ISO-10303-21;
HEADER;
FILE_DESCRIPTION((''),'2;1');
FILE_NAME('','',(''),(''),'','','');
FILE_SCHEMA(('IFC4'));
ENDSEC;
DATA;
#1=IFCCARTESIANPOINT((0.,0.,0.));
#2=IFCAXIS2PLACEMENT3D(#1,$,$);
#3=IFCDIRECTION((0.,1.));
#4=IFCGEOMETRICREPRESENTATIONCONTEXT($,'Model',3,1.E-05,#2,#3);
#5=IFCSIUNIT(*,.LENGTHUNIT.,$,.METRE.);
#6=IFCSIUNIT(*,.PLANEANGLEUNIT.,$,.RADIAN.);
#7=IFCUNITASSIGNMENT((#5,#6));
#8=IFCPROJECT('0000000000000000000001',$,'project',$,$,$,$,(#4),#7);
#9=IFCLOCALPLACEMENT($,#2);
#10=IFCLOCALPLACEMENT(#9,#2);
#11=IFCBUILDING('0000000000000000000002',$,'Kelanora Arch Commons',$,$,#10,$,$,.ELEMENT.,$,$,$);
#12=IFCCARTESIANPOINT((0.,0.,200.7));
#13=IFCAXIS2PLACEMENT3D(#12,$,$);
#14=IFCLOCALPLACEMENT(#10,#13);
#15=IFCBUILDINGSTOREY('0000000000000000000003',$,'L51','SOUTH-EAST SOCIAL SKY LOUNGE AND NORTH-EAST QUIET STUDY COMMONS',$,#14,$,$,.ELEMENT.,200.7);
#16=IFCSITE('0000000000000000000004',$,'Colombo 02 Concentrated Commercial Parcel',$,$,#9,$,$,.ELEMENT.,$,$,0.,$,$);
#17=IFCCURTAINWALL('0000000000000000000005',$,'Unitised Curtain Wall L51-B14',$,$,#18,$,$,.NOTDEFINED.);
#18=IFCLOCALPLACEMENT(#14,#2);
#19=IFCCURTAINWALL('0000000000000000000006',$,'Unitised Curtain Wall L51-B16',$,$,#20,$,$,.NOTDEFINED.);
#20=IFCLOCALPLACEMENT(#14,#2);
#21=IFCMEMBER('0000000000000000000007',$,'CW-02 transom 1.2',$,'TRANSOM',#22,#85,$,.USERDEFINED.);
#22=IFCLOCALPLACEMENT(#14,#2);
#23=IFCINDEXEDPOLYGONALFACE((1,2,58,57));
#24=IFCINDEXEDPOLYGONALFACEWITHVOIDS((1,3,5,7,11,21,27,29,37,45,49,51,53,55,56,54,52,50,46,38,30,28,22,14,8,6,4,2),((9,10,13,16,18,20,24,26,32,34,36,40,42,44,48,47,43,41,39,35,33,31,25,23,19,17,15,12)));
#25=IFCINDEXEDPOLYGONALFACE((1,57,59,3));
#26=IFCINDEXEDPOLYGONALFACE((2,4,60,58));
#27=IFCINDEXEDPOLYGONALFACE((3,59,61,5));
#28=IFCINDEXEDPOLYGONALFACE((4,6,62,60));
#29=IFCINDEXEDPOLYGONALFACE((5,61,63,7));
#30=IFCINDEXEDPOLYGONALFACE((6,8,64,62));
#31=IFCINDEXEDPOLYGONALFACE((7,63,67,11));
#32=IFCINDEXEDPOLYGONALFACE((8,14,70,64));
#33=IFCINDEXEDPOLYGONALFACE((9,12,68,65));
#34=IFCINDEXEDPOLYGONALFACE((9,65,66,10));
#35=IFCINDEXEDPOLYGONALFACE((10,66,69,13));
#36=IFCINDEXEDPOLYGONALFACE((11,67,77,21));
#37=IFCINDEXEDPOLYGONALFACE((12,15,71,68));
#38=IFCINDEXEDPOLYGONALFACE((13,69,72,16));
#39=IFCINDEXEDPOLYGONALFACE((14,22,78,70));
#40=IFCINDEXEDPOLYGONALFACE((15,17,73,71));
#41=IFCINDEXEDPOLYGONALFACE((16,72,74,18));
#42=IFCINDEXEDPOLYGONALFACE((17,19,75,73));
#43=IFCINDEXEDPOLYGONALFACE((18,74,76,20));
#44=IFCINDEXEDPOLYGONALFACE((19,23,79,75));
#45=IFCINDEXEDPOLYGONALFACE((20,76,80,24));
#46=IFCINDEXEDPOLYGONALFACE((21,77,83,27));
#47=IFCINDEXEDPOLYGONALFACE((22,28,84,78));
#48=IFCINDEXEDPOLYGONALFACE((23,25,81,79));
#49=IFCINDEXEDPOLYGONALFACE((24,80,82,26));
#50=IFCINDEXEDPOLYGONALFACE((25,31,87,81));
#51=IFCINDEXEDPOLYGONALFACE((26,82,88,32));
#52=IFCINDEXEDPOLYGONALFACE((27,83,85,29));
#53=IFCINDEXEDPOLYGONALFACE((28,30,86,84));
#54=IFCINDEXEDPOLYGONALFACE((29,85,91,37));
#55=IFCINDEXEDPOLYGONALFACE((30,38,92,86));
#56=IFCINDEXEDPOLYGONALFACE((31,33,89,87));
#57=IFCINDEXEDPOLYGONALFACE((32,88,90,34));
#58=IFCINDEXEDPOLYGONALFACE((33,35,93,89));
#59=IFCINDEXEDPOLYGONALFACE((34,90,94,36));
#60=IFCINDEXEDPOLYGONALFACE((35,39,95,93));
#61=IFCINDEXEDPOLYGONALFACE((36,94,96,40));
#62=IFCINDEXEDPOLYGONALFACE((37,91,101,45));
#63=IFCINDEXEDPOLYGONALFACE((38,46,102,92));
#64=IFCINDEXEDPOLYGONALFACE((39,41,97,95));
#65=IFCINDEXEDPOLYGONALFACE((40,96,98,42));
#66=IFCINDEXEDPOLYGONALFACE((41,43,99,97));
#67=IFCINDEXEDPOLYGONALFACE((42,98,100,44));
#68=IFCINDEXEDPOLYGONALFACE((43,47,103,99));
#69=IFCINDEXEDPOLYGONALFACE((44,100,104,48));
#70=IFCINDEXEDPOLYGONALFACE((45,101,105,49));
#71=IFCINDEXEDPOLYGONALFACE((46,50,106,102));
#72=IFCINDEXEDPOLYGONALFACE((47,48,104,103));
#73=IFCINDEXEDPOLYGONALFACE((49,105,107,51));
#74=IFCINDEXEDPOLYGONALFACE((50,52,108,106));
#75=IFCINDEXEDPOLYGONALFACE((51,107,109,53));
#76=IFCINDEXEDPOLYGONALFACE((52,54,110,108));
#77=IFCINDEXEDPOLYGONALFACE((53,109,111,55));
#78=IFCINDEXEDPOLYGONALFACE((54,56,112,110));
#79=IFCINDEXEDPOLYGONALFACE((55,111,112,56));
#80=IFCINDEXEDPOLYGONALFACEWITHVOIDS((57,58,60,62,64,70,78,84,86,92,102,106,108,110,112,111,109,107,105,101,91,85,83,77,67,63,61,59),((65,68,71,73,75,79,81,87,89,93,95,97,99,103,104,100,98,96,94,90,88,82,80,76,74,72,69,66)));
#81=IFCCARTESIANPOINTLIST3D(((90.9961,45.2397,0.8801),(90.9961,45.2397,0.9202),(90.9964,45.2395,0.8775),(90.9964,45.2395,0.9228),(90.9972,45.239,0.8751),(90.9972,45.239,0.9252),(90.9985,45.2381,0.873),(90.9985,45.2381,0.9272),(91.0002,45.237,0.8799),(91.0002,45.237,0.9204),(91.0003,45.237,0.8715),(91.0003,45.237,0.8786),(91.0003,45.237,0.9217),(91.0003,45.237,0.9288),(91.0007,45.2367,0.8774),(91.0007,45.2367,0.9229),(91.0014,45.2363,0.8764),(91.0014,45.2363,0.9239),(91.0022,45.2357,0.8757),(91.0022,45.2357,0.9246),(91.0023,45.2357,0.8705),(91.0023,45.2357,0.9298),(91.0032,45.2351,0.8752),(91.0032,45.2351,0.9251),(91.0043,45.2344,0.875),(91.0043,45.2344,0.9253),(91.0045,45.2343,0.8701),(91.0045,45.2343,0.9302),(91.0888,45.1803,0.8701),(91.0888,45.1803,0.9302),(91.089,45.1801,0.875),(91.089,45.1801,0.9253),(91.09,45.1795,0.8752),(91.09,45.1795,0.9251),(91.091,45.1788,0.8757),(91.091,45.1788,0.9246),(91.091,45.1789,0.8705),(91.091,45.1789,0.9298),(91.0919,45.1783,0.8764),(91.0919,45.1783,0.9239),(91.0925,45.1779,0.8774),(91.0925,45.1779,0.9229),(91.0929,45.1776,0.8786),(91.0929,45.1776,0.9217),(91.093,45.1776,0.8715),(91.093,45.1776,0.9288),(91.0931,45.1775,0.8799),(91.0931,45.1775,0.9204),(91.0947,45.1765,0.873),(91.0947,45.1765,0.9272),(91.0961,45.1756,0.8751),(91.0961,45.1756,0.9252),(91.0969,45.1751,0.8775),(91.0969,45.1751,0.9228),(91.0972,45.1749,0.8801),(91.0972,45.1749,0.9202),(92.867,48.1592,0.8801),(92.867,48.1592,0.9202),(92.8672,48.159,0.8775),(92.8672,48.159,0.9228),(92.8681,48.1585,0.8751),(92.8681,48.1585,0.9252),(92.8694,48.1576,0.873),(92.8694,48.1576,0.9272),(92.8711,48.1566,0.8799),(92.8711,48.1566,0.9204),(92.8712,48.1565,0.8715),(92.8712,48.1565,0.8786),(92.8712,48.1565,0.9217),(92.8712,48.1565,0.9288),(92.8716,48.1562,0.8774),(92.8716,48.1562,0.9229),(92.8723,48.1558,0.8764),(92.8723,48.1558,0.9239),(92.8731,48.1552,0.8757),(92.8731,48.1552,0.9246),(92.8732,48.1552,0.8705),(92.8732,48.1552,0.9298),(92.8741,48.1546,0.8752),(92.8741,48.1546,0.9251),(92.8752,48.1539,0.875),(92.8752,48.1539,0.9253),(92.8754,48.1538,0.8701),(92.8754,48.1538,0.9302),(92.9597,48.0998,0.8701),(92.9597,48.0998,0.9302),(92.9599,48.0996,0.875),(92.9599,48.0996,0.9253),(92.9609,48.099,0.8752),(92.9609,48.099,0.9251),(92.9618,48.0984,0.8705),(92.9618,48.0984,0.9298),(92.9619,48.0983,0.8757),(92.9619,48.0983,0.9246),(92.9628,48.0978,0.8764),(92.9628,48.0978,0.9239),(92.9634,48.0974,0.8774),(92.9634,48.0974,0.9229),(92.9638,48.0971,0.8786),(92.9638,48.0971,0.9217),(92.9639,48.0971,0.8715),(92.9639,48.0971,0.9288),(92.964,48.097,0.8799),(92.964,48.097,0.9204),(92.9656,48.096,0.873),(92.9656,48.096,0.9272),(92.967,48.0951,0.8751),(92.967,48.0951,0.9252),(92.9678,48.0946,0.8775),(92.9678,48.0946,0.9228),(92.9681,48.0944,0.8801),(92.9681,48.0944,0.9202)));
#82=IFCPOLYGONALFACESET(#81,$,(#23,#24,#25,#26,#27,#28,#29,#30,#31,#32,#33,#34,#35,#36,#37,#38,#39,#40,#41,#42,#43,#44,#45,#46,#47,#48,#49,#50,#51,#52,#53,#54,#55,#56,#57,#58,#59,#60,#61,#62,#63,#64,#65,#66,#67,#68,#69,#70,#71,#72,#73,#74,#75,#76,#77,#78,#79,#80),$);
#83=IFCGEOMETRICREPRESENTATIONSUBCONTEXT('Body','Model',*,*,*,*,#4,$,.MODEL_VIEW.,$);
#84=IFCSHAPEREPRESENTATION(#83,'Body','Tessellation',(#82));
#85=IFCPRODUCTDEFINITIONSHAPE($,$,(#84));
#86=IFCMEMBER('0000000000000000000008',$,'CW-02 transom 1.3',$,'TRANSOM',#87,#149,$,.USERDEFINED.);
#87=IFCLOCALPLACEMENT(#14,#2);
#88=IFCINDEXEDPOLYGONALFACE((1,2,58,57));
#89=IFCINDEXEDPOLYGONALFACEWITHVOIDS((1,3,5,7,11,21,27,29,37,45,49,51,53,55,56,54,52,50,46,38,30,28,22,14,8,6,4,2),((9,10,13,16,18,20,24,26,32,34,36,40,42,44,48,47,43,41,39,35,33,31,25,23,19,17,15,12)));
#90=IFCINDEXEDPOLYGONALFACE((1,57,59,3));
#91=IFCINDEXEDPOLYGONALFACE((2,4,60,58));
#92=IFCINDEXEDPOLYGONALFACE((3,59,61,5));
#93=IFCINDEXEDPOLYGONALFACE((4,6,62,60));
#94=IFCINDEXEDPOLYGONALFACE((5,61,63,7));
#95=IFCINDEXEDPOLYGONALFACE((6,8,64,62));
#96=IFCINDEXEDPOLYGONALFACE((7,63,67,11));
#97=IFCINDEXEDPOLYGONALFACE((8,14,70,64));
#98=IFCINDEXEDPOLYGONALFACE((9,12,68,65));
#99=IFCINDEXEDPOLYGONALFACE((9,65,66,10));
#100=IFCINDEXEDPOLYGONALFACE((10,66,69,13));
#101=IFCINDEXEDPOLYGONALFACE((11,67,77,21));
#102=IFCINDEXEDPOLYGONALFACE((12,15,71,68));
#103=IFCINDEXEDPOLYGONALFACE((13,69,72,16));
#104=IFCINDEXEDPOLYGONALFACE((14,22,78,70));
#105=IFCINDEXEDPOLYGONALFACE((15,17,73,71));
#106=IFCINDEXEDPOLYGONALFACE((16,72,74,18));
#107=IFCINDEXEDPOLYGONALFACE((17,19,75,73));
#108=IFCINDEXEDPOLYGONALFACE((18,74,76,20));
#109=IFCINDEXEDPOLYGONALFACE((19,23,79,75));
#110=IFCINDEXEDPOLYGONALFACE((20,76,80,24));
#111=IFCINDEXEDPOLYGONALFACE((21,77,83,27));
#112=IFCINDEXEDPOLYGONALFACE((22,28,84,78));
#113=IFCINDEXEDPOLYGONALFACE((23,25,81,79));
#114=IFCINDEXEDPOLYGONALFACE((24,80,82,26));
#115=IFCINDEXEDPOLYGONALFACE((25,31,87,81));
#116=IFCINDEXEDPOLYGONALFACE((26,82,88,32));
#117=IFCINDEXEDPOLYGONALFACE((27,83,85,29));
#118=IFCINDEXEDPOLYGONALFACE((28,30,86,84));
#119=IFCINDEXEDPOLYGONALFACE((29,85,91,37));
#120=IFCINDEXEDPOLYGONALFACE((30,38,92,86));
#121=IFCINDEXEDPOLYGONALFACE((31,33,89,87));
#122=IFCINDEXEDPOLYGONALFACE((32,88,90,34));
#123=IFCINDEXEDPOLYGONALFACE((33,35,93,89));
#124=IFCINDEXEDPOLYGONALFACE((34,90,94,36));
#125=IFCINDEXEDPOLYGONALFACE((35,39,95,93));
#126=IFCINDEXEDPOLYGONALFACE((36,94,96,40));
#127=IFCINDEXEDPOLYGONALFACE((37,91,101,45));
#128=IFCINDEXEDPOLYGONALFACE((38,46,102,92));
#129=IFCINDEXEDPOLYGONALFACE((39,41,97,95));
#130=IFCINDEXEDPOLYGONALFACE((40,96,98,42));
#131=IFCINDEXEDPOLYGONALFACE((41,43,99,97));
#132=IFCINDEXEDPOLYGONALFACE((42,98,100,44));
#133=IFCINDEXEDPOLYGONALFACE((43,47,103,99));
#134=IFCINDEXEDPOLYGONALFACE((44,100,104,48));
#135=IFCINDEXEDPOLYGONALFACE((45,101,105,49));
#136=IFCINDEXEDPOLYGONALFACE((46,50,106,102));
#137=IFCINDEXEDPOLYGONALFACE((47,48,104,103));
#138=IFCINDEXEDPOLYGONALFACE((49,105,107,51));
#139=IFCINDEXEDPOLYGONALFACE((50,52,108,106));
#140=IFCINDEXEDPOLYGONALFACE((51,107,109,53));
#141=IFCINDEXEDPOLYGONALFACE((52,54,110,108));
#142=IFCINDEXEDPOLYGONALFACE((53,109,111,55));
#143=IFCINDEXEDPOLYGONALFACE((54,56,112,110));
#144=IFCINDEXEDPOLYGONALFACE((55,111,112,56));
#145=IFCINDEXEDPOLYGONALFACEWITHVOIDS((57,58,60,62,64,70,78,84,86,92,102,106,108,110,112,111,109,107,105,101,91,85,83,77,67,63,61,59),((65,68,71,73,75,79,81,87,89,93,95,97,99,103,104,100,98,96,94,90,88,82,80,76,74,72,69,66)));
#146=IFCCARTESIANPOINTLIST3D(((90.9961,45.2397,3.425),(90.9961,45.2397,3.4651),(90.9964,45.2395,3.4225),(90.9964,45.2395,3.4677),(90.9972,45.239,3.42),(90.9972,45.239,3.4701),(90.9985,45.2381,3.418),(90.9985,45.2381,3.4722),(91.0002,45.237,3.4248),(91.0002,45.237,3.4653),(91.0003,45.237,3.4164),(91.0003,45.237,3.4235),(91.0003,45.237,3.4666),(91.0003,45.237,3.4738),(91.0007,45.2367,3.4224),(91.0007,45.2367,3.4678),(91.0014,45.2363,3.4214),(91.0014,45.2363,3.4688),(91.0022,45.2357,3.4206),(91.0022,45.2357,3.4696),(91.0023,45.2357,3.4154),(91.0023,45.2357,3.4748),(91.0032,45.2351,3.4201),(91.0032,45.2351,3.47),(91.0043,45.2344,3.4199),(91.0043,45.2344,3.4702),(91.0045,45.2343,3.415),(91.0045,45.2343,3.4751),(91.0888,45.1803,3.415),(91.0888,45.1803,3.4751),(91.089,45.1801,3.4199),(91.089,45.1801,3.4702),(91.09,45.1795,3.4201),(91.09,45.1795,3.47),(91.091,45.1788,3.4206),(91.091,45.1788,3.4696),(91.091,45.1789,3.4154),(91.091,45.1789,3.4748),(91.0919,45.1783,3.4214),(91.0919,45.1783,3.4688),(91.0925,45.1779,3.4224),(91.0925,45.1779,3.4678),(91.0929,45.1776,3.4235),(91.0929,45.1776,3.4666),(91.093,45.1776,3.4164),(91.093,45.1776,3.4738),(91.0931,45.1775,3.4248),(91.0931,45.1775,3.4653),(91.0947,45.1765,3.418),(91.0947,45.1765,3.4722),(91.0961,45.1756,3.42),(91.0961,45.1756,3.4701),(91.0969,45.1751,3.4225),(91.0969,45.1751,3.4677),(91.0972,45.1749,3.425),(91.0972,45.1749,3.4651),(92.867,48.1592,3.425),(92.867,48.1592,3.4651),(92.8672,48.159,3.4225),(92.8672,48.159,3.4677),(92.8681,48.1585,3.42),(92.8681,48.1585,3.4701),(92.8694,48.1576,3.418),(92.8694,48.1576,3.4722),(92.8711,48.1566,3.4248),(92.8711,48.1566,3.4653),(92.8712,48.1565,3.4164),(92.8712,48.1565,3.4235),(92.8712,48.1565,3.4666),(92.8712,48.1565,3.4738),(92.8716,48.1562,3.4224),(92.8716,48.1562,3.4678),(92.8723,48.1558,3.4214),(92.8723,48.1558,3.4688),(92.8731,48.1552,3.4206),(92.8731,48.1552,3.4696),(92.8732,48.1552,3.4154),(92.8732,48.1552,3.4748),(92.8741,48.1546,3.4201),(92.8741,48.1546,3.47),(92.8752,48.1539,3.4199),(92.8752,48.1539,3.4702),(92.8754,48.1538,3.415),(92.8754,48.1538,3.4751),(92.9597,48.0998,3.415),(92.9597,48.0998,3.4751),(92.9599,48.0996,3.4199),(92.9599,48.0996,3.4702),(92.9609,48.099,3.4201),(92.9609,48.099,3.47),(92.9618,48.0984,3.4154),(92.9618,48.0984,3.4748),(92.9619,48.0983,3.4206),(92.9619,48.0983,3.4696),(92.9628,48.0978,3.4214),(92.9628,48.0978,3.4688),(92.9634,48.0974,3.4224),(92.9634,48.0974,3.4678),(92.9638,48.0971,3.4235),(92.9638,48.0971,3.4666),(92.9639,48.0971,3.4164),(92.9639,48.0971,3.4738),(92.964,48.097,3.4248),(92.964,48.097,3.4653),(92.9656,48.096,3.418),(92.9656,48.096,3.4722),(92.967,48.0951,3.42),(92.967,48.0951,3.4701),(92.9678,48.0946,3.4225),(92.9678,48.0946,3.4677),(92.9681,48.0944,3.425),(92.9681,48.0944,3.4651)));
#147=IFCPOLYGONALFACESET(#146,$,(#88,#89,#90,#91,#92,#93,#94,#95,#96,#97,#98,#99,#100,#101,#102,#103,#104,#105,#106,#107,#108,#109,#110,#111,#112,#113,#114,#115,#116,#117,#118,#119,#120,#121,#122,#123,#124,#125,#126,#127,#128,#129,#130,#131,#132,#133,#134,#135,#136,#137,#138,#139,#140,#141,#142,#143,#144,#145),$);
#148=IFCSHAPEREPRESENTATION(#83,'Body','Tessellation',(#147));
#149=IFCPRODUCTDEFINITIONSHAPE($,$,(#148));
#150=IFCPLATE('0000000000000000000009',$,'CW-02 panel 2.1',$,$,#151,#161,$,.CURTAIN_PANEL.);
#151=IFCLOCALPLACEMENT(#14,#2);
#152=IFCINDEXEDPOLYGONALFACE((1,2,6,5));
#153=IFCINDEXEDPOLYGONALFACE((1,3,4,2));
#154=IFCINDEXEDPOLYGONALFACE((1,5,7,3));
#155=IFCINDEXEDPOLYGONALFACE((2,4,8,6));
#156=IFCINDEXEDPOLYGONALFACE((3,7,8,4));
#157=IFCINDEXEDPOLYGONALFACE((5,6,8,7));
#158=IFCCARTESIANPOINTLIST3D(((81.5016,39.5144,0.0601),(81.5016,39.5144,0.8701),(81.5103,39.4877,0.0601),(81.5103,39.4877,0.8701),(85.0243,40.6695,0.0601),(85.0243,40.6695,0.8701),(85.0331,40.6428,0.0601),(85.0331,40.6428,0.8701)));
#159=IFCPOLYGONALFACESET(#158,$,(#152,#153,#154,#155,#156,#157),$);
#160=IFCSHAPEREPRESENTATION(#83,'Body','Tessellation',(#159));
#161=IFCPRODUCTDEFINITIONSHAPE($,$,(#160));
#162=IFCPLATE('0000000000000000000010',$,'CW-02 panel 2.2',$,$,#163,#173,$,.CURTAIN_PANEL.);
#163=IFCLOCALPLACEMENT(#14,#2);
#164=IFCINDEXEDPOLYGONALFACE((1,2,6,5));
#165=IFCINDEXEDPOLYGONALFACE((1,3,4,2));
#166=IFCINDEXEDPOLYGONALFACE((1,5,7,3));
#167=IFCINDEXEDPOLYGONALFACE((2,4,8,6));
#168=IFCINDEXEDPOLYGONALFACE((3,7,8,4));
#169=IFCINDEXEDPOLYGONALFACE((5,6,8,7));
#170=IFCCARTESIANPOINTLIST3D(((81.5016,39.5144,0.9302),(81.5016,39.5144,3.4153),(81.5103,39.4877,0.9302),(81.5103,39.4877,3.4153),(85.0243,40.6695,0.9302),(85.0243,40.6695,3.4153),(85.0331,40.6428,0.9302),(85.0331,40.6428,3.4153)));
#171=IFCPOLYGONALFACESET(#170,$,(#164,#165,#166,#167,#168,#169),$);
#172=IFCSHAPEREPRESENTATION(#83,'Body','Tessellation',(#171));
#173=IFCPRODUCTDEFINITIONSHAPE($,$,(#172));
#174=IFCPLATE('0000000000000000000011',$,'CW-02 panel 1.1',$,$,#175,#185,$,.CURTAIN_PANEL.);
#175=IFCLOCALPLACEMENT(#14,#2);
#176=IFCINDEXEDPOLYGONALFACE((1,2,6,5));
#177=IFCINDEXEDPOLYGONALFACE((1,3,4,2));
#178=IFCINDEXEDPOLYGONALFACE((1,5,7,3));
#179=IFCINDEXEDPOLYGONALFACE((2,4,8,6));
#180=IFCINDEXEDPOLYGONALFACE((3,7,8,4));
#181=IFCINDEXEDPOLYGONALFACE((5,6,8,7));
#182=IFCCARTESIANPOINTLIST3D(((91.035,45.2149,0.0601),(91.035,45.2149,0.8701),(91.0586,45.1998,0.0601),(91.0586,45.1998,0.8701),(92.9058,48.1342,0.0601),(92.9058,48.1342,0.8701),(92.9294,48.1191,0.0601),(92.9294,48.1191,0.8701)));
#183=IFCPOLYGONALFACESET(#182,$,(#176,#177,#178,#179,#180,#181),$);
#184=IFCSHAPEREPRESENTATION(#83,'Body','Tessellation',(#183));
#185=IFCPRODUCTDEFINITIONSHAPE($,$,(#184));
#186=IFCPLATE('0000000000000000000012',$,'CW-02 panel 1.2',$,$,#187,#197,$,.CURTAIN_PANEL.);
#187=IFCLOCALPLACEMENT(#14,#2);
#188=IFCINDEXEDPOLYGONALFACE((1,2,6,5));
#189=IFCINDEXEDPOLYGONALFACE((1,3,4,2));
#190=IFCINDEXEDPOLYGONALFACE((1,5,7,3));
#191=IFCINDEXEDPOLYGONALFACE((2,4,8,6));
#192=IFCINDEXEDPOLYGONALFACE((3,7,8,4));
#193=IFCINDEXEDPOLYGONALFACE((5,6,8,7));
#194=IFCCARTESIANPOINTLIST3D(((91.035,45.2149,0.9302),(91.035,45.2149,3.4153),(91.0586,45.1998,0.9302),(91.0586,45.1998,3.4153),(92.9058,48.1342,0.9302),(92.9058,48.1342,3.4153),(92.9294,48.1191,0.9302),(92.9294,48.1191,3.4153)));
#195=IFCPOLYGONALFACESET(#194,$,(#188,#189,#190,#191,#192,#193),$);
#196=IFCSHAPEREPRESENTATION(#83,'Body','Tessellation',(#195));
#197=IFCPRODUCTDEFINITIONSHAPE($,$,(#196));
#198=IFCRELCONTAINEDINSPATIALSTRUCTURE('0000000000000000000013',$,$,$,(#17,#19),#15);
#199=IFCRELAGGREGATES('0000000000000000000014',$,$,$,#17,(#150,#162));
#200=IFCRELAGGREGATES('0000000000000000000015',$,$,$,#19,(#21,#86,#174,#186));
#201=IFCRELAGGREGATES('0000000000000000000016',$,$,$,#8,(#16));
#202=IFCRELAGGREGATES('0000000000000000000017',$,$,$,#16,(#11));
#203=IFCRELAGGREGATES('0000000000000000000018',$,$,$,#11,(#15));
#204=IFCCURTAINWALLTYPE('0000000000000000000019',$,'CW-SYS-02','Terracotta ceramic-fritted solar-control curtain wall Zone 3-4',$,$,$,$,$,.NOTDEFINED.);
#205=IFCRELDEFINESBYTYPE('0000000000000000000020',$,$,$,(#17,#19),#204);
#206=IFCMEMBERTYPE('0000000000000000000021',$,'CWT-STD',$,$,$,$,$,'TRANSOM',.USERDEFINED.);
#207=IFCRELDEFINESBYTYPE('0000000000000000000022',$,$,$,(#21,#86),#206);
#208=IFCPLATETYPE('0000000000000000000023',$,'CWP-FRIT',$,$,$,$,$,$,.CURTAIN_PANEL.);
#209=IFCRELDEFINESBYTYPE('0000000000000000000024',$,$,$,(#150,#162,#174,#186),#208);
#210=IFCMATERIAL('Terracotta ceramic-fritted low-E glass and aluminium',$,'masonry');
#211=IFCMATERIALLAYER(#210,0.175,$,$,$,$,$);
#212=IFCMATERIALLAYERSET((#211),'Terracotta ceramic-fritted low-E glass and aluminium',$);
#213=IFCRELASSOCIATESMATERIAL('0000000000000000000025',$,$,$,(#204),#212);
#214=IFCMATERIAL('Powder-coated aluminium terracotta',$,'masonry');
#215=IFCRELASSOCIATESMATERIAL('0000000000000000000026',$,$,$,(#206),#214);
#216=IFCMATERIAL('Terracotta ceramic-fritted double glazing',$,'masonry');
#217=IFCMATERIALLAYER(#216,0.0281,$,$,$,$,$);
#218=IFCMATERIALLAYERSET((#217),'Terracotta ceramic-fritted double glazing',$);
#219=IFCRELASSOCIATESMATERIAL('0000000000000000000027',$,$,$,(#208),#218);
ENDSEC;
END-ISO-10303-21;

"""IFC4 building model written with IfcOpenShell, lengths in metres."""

from ifc_helpers import new_model, si_unit, direction, frame, origin, origin_2d, place, context, subcontext, project, spatial, rectangle, hollow_rectangle, extrude, source, transform, mapped, material, layer, layer_set, material_profile, profile_set, type_object, element, aggregate, save


model = new_model("IFC4")

# Units and contexts
model_context = context("Model", 3, precision=1e-05, world=origin(), true_north=direction((0.0, 1.0)))
body_context = subcontext(model_context, "Body", "Model", "MODEL_VIEW")
ifc_project = project(units=[si_unit("LENGTHUNIT", "METRE"), si_unit("PLANEANGLEUNIT", "RADIAN")], contexts=[model_context])

# Site, building, storey
site_placement = place(None, origin())
site = spatial("IfcSite", under=ifc_project, at=site_placement, Name="Colombo 02 Concentrated Commercial Parcel", CompositionType="ELEMENT", RefElevation=0.0)
building_placement = place(site_placement, origin())
building = spatial("IfcBuilding", under=site, at=building_placement, Name="Kelanora Arch Commons", CompositionType="ELEMENT")
storey_placement = place(building_placement, frame((0.0, 0.0, 200.7)))
storey = spatial("IfcBuildingStorey", under=building, at=storey_placement, Name="L51", Description="SOUTH-EAST SOCIAL SKY LOUNGE AND NORTH-EAST QUIET STUDY COMMONS", CompositionType="ELEMENT", Elevation=200.7)

# Curtain wall
ifc_material_1 = material(Name="Terracotta ceramic-fritted low-E glass and aluminium", Category="masonry")
ifc_layer_1 = layer(ifc_material_1, 0.175)
ifc_layer_set_1 = layer_set([ifc_layer_1], Name="Terracotta ceramic-fritted low-E glass and aluminium")
curtain_wall_type = type_object("IfcCurtainWallType", Name="CW-SYS-02", Description="Terracotta ceramic-fritted solar-control curtain wall Zone 3-4", PredefinedType="NOTDEFINED", material=ifc_layer_set_1)
curtain_wall_1_placement = place(storey_placement, origin())
curtain_wall_1 = element("IfcCurtainWall", 1, at=curtain_wall_1_placement, inside=storey, type_object=curtain_wall_type, Name="Unitised Curtain Wall L51-B14", PredefinedType="NOTDEFINED")
ifc_material_2 = material(Name="Powder-coated aluminium terracotta", Category="masonry")

# Curtain wall, members
curtain_wall_2_placement = place(storey_placement, origin())
curtain_wall_2 = element("IfcCurtainWall", 2, at=curtain_wall_2_placement, inside=storey, type_object=curtain_wall_type, Name="Unitised Curtain Wall L51-B16", PredefinedType="NOTDEFINED")
ifc_material_profile_1 = material_profile(ifc_material_2, hollow_rectangle(XDim=0.1201, YDim=0.0601, WallThickness=0.0049, InnerFilletRadius=0.0049, OuterFilletRadius=0.01, at=origin_2d()), Name="CWT120x60")
ifc_profile_set_1 = profile_set([ifc_material_profile_1], Name="Powder-coated aluminium terracotta")
member_type_1 = type_object("IfcMemberType", Name="CWT-STD", ElementType="TRANSOM", PredefinedType="USERDEFINED", material=ifc_profile_set_1)
member_1_placement = place(storey_placement, frame((91.0466, 45.2073, 0.9001), z_axis=(0.539547, 0.841955, 0.0), x_axis=(-0.841955, 0.539547, 0.0)))
member_1 = element("IfcMember", 3, at=member_1_placement, type_object=member_type_1, Name="CW-02 transom 1.2", ObjectType="TRANSOM", PredefinedType="USERDEFINED", context=body_context, shape_type="SweptSolid", body=[
    extrude(hollow_rectangle(XDim=0.1201, YDim=0.0601, WallThickness=0.0049, InnerFilletRadius=0.0049, OuterFilletRadius=0.01, at=origin_2d()), origin(), (0.0, 0.0, 1.0), 3.4675),
])
member_2_placement = place(storey_placement, frame((91.0466, 45.2073, 3.4451), z_axis=(0.539547, 0.841955, 0.0), x_axis=(-0.841955, 0.539547, 0.0)))
member_2 = element("IfcMember", 4, at=member_2_placement, type_object=member_type_1, Name="CW-02 transom 1.3", ObjectType="TRANSOM", PredefinedType="USERDEFINED", context=body_context, shape_type="SweptSolid", body=[
    extrude(hollow_rectangle(XDim=0.1201, YDim=0.0601, WallThickness=0.0049, InnerFilletRadius=0.0049, OuterFilletRadius=0.01, at=origin_2d()), origin(), (0.0, 0.0, 1.0), 3.4675),
])

# Plates
ifc_material_3 = material(Name="Terracotta ceramic-fritted double glazing", Category="masonry")
ifc_layer_2 = layer(ifc_material_3, 0.0281)
ifc_layer_set_2 = layer_set([ifc_layer_2], Name="Terracotta ceramic-fritted double glazing")
plate_type = type_object("IfcPlateType", Name="CWP-FRIT", PredefinedType="CURTAIN_PANEL", material=ifc_layer_set_2)
shared_shape_1 = source(origin(), body_context, "Body", "SweptSolid", [
    extrude(rectangle(XDim=3.7073, YDim=0.0281, at=origin_2d()), origin(), (0.0, 0.0, 1.0), 0.8101),
])
plate_1_placement = place(storey_placement, frame((83.2673, 40.0786, 0.0601), z_axis=(0.0, 0.0, 1.0), x_axis=(0.950219, 0.311582, 0.0)))
plate_1 = element("IfcPlate", 5, at=plate_1_placement, type_object=plate_type, Name="CW-02 panel 2.1", PredefinedType="CURTAIN_PANEL", context=body_context, shape_type="MappedRepresentation", body=[
    mapped(shared_shape_1, transform((0.0, 0.0, 0.0), scale=1.0)),
])
shared_shape_2 = source(origin(), body_context, "Body", "SweptSolid", [
    extrude(rectangle(XDim=3.7073, YDim=0.0281, at=origin_2d()), origin(), (0.0, 0.0, 1.0), 2.4851),
])
plate_2_placement = place(storey_placement, frame((83.2673, 40.0786, 0.9302), z_axis=(0.0, 0.0, 1.0), x_axis=(0.950219, 0.311582, 0.0)))
plate_2 = element("IfcPlate", 6, at=plate_2_placement, type_object=plate_type, Name="CW-02 panel 2.2", PredefinedType="CURTAIN_PANEL", context=body_context, shape_type="MappedRepresentation", body=[
    mapped(shared_shape_2, transform((0.0, 0.0, 0.0), scale=1.0)),
])
aggregate(curtain_wall_1, [plate_1, plate_2])
shared_shape_3 = source(origin(), body_context, "Body", "SweptSolid", [
    extrude(rectangle(XDim=3.4673, YDim=0.0281, at=origin_2d()), origin(), (0.0, 0.0, 1.0), 0.8101),
])
plate_3_placement = place(storey_placement, frame((91.9822, 46.667, 0.0601), z_axis=(0.0, 0.0, 1.0), x_axis=(0.539559, 0.841948, 0.0)))
plate_3 = element("IfcPlate", 7, at=plate_3_placement, type_object=plate_type, Name="CW-02 panel 1.1", PredefinedType="CURTAIN_PANEL", context=body_context, shape_type="MappedRepresentation", body=[
    mapped(shared_shape_3, transform((0.0, 0.0, 0.0), scale=1.0)),
])
shared_shape_4 = source(origin(), body_context, "Body", "SweptSolid", [
    extrude(rectangle(XDim=3.4673, YDim=0.0281, at=origin_2d()), origin(), (0.0, 0.0, 1.0), 2.4851),
])
plate_4_placement = place(storey_placement, frame((91.9822, 46.667, 0.9302), z_axis=(0.0, 0.0, 1.0), x_axis=(0.539559, 0.841948, 0.0)))
plate_4 = element("IfcPlate", 8, at=plate_4_placement, type_object=plate_type, Name="CW-02 panel 1.2", PredefinedType="CURTAIN_PANEL", context=body_context, shape_type="MappedRepresentation", body=[
    mapped(shared_shape_4, transform((0.0, 0.0, 0.0), scale=1.0)),
])
aggregate(curtain_wall_2, [member_1, member_2, plate_3, plate_4])

save(model, "model.ifc")
